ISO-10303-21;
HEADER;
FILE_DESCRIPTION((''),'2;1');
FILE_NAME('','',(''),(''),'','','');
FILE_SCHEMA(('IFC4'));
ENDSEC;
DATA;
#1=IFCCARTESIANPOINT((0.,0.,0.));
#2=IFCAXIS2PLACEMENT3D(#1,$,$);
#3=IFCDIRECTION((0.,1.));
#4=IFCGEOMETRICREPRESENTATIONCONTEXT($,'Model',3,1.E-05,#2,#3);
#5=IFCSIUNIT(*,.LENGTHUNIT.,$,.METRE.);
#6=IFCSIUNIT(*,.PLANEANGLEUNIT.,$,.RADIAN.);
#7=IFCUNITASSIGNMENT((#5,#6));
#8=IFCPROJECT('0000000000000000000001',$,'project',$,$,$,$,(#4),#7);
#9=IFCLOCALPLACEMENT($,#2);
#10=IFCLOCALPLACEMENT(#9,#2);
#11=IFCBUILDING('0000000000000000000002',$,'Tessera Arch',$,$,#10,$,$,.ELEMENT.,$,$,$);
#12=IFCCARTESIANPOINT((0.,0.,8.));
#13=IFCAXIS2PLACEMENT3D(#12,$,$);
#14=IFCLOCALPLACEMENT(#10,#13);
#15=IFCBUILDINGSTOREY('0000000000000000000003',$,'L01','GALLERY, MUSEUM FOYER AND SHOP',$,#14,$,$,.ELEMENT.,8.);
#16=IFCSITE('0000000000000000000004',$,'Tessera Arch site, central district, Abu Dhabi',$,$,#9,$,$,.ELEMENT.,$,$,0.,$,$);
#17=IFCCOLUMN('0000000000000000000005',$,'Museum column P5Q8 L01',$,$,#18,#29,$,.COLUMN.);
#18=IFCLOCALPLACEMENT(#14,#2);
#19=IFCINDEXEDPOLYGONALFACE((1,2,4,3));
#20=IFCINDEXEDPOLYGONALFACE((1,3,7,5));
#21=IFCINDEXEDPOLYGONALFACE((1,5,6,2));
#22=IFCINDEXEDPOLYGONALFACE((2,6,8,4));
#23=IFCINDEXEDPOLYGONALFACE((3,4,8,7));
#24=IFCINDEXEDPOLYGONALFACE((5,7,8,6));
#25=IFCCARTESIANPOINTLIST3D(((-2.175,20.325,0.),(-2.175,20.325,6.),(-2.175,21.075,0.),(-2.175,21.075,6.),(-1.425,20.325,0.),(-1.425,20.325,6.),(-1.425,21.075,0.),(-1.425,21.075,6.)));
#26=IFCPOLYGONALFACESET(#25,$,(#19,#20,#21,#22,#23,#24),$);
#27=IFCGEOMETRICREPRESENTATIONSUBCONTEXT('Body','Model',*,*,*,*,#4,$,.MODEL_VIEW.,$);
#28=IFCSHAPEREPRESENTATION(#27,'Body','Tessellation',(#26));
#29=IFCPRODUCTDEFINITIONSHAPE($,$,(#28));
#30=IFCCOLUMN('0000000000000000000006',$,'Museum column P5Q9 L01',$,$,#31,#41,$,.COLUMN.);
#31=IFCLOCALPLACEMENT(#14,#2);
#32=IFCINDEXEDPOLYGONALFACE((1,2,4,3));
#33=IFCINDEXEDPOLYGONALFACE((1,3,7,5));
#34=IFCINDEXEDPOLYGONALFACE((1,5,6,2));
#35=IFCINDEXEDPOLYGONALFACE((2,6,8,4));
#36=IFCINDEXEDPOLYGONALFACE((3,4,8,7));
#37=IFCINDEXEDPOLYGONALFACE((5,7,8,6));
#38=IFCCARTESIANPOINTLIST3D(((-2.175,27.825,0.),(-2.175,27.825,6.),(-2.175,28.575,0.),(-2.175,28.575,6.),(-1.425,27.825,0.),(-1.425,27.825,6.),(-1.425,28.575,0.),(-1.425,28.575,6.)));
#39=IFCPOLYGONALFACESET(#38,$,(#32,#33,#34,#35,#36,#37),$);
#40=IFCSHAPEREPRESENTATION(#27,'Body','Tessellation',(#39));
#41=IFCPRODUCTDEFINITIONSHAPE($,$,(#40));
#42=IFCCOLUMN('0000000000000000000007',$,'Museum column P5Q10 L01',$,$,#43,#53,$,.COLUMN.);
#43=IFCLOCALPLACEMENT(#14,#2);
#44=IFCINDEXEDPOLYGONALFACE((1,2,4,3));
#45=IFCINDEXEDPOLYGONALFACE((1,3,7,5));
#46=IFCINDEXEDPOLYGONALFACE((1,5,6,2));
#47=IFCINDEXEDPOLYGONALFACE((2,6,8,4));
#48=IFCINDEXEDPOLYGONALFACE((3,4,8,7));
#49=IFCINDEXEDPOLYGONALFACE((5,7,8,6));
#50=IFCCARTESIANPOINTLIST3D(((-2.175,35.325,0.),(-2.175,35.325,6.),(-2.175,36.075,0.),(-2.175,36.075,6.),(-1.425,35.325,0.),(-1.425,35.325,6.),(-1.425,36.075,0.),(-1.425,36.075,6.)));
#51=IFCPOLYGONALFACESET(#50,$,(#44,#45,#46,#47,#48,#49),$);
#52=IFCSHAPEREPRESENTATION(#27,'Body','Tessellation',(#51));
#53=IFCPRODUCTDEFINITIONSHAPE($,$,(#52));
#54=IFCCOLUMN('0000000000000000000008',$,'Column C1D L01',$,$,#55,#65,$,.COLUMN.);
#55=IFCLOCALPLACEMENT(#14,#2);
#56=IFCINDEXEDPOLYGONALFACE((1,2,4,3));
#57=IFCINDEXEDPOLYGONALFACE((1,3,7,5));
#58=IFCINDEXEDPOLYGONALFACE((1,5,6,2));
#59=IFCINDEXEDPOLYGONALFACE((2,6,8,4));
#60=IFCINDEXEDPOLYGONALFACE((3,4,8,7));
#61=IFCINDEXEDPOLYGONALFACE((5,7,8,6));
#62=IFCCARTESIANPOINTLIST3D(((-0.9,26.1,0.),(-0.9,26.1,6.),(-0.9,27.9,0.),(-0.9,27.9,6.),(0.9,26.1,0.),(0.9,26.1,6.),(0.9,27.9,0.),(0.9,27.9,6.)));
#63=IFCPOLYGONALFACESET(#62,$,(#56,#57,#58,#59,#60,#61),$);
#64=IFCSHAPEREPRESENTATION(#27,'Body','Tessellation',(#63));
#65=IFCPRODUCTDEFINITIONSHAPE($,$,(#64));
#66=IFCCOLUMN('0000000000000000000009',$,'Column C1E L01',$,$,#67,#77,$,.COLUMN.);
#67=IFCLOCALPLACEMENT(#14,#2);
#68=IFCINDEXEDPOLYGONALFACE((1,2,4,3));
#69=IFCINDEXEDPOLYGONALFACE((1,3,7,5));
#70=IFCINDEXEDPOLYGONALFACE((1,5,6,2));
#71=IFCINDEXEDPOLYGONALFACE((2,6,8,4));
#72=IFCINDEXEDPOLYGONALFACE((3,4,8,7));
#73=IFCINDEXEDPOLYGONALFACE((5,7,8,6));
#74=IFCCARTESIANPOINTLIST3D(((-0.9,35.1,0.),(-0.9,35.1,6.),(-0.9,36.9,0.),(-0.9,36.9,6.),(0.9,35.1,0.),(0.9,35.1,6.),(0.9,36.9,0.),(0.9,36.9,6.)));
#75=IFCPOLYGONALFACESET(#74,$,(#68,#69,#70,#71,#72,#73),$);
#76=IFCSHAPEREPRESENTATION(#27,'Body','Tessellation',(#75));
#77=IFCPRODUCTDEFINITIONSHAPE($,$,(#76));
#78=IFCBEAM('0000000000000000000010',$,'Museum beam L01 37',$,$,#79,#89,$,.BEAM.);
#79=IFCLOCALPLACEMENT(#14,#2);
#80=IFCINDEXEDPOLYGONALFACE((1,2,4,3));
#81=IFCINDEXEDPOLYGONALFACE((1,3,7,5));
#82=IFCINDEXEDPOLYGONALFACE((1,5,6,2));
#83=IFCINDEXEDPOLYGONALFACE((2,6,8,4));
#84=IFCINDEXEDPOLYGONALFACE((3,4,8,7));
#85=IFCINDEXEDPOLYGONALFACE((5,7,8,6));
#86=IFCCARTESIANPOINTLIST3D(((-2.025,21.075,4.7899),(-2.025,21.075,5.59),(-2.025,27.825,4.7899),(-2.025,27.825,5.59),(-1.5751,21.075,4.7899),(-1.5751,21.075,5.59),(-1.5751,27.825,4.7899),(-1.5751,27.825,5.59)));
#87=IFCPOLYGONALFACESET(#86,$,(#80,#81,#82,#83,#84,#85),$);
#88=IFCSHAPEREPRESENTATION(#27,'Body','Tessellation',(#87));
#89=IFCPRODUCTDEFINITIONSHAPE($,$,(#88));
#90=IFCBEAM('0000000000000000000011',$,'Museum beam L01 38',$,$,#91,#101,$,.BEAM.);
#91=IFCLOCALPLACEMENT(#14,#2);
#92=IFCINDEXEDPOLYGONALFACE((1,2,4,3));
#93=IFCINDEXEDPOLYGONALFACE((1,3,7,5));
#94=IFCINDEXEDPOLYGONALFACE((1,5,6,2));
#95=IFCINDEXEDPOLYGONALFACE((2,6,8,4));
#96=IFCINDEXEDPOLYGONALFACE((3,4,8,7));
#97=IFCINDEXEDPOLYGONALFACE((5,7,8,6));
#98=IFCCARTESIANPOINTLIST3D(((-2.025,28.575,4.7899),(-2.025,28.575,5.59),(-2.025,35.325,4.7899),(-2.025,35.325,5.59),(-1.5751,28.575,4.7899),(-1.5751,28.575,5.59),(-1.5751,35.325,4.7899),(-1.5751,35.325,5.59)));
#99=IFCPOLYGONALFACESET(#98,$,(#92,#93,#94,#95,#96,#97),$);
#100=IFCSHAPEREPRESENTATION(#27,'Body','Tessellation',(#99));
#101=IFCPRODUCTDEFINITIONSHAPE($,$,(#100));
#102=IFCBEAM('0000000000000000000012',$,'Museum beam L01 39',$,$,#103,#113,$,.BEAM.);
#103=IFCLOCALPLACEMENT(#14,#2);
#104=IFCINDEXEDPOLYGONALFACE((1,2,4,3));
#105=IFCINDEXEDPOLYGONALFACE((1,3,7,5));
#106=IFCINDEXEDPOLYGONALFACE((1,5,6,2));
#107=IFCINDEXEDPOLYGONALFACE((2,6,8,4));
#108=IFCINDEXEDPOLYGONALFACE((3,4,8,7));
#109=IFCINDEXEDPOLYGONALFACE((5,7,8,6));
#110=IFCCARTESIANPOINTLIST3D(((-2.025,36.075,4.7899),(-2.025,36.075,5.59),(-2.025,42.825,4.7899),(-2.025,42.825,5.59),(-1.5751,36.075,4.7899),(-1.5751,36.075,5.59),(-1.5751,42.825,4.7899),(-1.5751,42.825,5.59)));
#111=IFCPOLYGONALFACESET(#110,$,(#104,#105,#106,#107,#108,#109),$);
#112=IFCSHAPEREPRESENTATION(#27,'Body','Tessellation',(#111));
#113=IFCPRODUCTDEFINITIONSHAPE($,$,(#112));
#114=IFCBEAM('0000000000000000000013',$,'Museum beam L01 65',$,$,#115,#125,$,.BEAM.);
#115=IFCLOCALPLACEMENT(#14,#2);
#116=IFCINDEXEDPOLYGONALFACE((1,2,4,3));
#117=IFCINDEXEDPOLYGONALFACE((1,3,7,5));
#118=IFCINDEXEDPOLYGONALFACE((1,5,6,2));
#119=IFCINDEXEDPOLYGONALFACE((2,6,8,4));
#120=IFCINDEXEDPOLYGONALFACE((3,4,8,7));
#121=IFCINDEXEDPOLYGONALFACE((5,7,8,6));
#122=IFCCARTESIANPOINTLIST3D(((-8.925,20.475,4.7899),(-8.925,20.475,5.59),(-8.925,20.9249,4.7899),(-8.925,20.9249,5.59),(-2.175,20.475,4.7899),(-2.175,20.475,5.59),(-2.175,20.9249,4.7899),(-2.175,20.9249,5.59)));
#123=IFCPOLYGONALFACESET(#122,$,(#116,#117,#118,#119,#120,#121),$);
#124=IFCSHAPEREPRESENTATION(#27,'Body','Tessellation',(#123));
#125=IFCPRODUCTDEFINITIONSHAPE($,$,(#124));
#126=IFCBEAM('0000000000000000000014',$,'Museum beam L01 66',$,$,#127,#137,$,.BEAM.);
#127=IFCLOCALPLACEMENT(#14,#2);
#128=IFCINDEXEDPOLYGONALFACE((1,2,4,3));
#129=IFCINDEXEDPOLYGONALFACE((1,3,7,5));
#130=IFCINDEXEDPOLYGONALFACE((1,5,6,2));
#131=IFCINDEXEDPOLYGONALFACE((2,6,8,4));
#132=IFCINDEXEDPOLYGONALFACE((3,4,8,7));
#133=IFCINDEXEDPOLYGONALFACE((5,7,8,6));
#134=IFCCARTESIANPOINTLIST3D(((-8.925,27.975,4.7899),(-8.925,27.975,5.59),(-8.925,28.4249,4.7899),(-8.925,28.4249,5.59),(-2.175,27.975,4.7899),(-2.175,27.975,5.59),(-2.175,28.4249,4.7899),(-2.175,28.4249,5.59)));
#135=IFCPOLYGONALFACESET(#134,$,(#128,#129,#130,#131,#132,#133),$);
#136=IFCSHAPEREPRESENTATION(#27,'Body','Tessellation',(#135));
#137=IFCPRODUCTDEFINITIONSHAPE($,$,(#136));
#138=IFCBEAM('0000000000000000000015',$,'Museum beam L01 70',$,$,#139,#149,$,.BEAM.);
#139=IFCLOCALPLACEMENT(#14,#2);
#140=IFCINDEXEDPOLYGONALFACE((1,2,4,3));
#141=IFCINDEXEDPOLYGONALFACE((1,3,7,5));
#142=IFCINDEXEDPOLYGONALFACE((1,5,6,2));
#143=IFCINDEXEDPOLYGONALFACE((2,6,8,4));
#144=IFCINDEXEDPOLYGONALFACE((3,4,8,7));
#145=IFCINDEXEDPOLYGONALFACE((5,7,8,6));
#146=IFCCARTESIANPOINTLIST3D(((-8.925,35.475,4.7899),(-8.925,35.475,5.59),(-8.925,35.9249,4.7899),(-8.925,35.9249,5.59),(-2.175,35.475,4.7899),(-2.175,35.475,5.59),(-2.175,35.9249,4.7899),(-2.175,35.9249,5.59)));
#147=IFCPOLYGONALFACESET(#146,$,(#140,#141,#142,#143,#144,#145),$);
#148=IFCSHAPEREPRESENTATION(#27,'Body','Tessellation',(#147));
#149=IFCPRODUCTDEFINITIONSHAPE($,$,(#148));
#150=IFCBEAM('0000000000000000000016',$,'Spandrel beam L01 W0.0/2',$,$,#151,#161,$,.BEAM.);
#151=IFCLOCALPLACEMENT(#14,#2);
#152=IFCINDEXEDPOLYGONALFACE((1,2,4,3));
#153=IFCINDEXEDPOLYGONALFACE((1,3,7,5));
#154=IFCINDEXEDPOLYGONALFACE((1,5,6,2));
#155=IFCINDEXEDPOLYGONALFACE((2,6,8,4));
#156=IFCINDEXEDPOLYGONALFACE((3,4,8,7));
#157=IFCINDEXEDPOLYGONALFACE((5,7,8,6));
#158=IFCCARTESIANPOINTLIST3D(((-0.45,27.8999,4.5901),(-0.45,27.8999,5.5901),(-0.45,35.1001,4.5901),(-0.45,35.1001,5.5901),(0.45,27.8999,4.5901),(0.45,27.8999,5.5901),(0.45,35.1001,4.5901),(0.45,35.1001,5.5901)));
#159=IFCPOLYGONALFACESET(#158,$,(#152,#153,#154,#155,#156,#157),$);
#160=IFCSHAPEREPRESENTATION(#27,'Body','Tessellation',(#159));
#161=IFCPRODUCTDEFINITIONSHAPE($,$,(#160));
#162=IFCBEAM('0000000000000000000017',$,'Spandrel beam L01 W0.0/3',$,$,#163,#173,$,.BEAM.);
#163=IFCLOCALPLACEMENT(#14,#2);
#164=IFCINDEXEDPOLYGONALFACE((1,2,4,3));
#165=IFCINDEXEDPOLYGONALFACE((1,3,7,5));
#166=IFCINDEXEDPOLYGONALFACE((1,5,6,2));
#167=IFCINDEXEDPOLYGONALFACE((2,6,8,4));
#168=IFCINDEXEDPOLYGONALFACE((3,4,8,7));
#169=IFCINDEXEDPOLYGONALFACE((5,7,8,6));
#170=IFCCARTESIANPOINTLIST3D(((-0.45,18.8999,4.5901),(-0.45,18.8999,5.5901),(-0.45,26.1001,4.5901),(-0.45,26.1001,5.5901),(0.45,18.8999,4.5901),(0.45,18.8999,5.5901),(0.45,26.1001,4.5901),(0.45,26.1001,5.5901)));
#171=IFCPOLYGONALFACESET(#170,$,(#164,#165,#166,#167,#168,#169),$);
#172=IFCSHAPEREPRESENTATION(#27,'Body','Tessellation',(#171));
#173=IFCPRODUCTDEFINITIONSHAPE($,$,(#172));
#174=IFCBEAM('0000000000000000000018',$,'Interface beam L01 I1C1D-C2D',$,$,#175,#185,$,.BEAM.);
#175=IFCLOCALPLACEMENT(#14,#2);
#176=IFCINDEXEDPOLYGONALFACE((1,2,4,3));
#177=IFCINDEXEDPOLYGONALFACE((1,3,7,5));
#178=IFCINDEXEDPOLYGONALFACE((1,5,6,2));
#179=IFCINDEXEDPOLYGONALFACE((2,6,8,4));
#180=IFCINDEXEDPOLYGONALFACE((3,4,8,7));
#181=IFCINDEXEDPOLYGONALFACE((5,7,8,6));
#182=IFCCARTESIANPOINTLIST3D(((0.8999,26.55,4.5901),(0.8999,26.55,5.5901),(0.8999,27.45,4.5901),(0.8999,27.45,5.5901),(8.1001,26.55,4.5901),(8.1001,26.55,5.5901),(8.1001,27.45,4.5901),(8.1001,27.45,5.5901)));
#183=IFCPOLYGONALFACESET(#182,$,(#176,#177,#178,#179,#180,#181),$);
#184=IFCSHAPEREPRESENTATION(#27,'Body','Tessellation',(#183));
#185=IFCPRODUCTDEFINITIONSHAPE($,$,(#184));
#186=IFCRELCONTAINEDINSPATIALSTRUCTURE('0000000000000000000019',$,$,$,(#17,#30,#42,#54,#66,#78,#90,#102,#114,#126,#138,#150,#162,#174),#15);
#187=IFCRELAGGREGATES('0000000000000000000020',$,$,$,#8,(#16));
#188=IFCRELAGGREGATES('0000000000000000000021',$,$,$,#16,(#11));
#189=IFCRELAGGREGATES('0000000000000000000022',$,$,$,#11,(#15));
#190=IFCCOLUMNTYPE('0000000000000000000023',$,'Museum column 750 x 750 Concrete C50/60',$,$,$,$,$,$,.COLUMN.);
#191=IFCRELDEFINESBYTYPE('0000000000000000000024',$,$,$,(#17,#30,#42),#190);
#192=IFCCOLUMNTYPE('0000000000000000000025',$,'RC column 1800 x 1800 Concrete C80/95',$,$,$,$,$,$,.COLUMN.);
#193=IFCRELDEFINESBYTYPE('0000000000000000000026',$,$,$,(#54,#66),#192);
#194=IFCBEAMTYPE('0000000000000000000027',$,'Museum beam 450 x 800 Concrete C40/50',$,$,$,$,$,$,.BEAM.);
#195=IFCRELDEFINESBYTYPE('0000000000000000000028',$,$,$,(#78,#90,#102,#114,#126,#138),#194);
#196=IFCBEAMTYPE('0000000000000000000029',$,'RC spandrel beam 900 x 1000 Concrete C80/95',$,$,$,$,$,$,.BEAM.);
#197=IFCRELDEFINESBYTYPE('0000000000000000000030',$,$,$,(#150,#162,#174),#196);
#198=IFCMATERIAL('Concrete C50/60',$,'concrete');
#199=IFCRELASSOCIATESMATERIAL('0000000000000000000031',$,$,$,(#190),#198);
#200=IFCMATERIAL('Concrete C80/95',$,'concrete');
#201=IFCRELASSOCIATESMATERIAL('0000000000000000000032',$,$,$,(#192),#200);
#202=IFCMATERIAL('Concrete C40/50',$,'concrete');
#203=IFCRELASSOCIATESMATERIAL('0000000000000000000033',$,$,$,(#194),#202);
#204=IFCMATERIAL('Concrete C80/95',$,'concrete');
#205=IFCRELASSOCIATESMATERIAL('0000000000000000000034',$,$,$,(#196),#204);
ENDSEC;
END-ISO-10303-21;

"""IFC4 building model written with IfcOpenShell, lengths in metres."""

from ifc_helpers import new_model, si_unit, direction, frame, origin, origin_2d, place, context, subcontext, project, spatial, rectangle, extrude, material, material_profile, profile_set, type_object, element, save


model = new_model("IFC4")

# Units and contexts
model_context = context("Model", 3, precision=1e-05, world=origin(), true_north=direction((0.0, 1.0)))
body_context = subcontext(model_context, "Body", "Model", "MODEL_VIEW")
ifc_project = project(units=[si_unit("LENGTHUNIT", "METRE"), si_unit("PLANEANGLEUNIT", "RADIAN")], contexts=[model_context])

# Site, building, storey
site_placement = place(None, origin())
site = spatial("IfcSite", under=ifc_project, at=site_placement, Name="Tessera Arch site, central district, Abu Dhabi", CompositionType="ELEMENT", RefElevation=0.0)
building_placement = place(site_placement, origin())
building = spatial("IfcBuilding", under=site, at=building_placement, Name="Tessera Arch", CompositionType="ELEMENT")
storey_placement = place(building_placement, frame((0.0, 0.0, 8.0)))
storey = spatial("IfcBuildingStorey", under=building, at=storey_placement, Name="L01", Description="GALLERY, MUSEUM FOYER AND SHOP", CompositionType="ELEMENT", Elevation=8.0)

# Columns
ifc_material_1 = material(Name="Concrete C50/60", Category="concrete")
ifc_material_profile_1 = material_profile(ifc_material_1, rectangle(XDim=0.75, YDim=0.75, at=origin_2d()), Name="Museum column 750 x 750 Concrete C50/60")
ifc_profile_set_1 = profile_set([ifc_material_profile_1], Name="Concrete C50/60")
column_type_1 = type_object("IfcColumnType", Name="Museum column 750 x 750 Concrete C50/60", PredefinedType="COLUMN", material=ifc_profile_set_1)
for number, where, z_axis, x_axis, name in (
    (1, (-1.8, 20.7, 0.0), (0.0, 0.0, 1.0), (1.0, 0.0, 0.0), "Museum column P5Q8 L01"),
    (2, (-1.8, 28.2, 0.0), (0.0, 0.0, 1.0), (1.0, 0.0, 0.0), "Museum column P5Q9 L01"),
    (3, (-1.8, 35.7, 0.0), (0.0, 0.0, 1.0), (1.0, 0.0, 0.0), "Museum column P5Q10 L01"),
):
    element("IfcColumn", number, at=place(storey_placement, frame(where, z_axis=z_axis, x_axis=x_axis)), inside=storey, type_object=column_type_1, Name=name, PredefinedType="COLUMN", context=body_context, shape_type="SweptSolid", body=[
        extrude(rectangle(XDim=0.75, YDim=0.75, at=origin_2d()), origin(), (0.0, 0.0, 1.0), 6.0),
    ])
ifc_material_2 = material(Name="Concrete C80/95", Category="concrete")
ifc_material_profile_2 = material_profile(ifc_material_2, rectangle(XDim=1.8, YDim=1.8, at=origin_2d()), Name="RC column 1800 x 1800 Concrete C80/95")
ifc_profile_set_2 = profile_set([ifc_material_profile_2], Name="Concrete C80/95")
column_type_2 = type_object("IfcColumnType", Name="RC column 1800 x 1800 Concrete C80/95", PredefinedType="COLUMN", material=ifc_profile_set_2)
for number, where, z_axis, x_axis, name in (
    (4, (0.0, 27.0, 0.0), (0.0, 0.0, 1.0), (1.0, 0.0, 0.0), "Column C1D L01"),
    (5, (0.0, 36.0, 0.0), (0.0, 0.0, 1.0), (1.0, 0.0, 0.0), "Column C1E L01"),
):
    element("IfcColumn", number, at=place(storey_placement, frame(where, z_axis=z_axis, x_axis=x_axis)), inside=storey, type_object=column_type_2, Name=name, PredefinedType="COLUMN", context=body_context, shape_type="SweptSolid", body=[
        extrude(rectangle(XDim=1.8, YDim=1.8, at=origin_2d()), origin(), (0.0, 0.0, 1.0), 6.0),
    ])

# Beams
ifc_material_3 = material(Name="Concrete C40/50", Category="concrete")
ifc_material_profile_3 = material_profile(ifc_material_3, rectangle(XDim=0.45, YDim=0.8, at=origin_2d()), Name="Museum beam 450 x 800 Concrete C40/50")
ifc_profile_set_3 = profile_set([ifc_material_profile_3], Name="Concrete C40/50")
beam_type_1 = type_object("IfcBeamType", Name="Museum beam 450 x 800 Concrete C40/50", PredefinedType="BEAM", material=ifc_profile_set_3)
for number, where, z_axis, x_axis, name in (
    (6, (-1.8, 21.075, 5.1899), (0.0, 1.0, 0.0), (-1.0, 0.0, 0.0), "Museum beam L01 37"),
    (7, (-1.8, 28.575, 5.1899), (0.0, 1.0, 0.0), (-1.0, 0.0, 0.0), "Museum beam L01 38"),
    (8, (-1.8, 36.075, 5.1899), (0.0, 1.0, 0.0), (-1.0, 0.0, 0.0), "Museum beam L01 39"),
    (9, (-8.925, 20.7, 5.1899), (1.0, 0.0, 0.0), (0.0, 1.0, 0.0), "Museum beam L01 65"),
    (10, (-8.925, 28.2, 5.1899), (1.0, 0.0, 0.0), (0.0, 1.0, 0.0), "Museum beam L01 66"),
    (11, (-8.925, 35.7, 5.1899), (1.0, 0.0, 0.0), (0.0, 1.0, 0.0), "Museum beam L01 70"),
):
    element("IfcBeam", number, at=place(storey_placement, frame(where, z_axis=z_axis, x_axis=x_axis)), inside=storey, type_object=beam_type_1, Name=name, PredefinedType="BEAM", context=body_context, shape_type="SweptSolid", body=[
        extrude(rectangle(XDim=0.45, YDim=0.8, at=origin_2d()), origin(), (0.0, 0.0, 1.0), 6.75),
    ])
ifc_material_4 = material(Name="Concrete C80/95", Category="concrete")
ifc_material_profile_4 = material_profile(ifc_material_4, rectangle(XDim=0.8999, YDim=1.0, at=origin_2d()), Name="RC spandrel beam 900 x 1000 Concrete C80/95")
ifc_profile_set_4 = profile_set([ifc_material_profile_4], Name="Concrete C80/95")
beam_type_2 = type_object("IfcBeamType", Name="RC spandrel beam 900 x 1000 Concrete C80/95", PredefinedType="BEAM", material=ifc_profile_set_4)
for number, where, z_axis, x_axis, name in (
    (12, (0.0, 35.1001, 5.0901), (0.0, -1.0, 0.0), (1.0, 0.0, 0.0), "Spandrel beam L01 W0.0/2"),
    (13, (0.0, 26.1001, 5.0901), (0.0, -1.0, 0.0), (1.0, 0.0, 0.0), "Spandrel beam L01 W0.0/3"),
    (14, (0.8999, 27.0, 5.0901), (1.0, 0.0, 0.0), (0.0, 1.0, 0.0), "Interface beam L01 I1C1D-C2D"),
):
    element("IfcBeam", number, at=place(storey_placement, frame(where, z_axis=z_axis, x_axis=x_axis)), inside=storey, type_object=beam_type_2, Name=name, PredefinedType="BEAM", context=body_context, shape_type="SweptSolid", body=[
        extrude(rectangle(XDim=0.8999, YDim=1.0, at=origin_2d()), origin(), (0.0, 0.0, 1.0), 7.2002),
    ])

save(model, "model.ifc")
